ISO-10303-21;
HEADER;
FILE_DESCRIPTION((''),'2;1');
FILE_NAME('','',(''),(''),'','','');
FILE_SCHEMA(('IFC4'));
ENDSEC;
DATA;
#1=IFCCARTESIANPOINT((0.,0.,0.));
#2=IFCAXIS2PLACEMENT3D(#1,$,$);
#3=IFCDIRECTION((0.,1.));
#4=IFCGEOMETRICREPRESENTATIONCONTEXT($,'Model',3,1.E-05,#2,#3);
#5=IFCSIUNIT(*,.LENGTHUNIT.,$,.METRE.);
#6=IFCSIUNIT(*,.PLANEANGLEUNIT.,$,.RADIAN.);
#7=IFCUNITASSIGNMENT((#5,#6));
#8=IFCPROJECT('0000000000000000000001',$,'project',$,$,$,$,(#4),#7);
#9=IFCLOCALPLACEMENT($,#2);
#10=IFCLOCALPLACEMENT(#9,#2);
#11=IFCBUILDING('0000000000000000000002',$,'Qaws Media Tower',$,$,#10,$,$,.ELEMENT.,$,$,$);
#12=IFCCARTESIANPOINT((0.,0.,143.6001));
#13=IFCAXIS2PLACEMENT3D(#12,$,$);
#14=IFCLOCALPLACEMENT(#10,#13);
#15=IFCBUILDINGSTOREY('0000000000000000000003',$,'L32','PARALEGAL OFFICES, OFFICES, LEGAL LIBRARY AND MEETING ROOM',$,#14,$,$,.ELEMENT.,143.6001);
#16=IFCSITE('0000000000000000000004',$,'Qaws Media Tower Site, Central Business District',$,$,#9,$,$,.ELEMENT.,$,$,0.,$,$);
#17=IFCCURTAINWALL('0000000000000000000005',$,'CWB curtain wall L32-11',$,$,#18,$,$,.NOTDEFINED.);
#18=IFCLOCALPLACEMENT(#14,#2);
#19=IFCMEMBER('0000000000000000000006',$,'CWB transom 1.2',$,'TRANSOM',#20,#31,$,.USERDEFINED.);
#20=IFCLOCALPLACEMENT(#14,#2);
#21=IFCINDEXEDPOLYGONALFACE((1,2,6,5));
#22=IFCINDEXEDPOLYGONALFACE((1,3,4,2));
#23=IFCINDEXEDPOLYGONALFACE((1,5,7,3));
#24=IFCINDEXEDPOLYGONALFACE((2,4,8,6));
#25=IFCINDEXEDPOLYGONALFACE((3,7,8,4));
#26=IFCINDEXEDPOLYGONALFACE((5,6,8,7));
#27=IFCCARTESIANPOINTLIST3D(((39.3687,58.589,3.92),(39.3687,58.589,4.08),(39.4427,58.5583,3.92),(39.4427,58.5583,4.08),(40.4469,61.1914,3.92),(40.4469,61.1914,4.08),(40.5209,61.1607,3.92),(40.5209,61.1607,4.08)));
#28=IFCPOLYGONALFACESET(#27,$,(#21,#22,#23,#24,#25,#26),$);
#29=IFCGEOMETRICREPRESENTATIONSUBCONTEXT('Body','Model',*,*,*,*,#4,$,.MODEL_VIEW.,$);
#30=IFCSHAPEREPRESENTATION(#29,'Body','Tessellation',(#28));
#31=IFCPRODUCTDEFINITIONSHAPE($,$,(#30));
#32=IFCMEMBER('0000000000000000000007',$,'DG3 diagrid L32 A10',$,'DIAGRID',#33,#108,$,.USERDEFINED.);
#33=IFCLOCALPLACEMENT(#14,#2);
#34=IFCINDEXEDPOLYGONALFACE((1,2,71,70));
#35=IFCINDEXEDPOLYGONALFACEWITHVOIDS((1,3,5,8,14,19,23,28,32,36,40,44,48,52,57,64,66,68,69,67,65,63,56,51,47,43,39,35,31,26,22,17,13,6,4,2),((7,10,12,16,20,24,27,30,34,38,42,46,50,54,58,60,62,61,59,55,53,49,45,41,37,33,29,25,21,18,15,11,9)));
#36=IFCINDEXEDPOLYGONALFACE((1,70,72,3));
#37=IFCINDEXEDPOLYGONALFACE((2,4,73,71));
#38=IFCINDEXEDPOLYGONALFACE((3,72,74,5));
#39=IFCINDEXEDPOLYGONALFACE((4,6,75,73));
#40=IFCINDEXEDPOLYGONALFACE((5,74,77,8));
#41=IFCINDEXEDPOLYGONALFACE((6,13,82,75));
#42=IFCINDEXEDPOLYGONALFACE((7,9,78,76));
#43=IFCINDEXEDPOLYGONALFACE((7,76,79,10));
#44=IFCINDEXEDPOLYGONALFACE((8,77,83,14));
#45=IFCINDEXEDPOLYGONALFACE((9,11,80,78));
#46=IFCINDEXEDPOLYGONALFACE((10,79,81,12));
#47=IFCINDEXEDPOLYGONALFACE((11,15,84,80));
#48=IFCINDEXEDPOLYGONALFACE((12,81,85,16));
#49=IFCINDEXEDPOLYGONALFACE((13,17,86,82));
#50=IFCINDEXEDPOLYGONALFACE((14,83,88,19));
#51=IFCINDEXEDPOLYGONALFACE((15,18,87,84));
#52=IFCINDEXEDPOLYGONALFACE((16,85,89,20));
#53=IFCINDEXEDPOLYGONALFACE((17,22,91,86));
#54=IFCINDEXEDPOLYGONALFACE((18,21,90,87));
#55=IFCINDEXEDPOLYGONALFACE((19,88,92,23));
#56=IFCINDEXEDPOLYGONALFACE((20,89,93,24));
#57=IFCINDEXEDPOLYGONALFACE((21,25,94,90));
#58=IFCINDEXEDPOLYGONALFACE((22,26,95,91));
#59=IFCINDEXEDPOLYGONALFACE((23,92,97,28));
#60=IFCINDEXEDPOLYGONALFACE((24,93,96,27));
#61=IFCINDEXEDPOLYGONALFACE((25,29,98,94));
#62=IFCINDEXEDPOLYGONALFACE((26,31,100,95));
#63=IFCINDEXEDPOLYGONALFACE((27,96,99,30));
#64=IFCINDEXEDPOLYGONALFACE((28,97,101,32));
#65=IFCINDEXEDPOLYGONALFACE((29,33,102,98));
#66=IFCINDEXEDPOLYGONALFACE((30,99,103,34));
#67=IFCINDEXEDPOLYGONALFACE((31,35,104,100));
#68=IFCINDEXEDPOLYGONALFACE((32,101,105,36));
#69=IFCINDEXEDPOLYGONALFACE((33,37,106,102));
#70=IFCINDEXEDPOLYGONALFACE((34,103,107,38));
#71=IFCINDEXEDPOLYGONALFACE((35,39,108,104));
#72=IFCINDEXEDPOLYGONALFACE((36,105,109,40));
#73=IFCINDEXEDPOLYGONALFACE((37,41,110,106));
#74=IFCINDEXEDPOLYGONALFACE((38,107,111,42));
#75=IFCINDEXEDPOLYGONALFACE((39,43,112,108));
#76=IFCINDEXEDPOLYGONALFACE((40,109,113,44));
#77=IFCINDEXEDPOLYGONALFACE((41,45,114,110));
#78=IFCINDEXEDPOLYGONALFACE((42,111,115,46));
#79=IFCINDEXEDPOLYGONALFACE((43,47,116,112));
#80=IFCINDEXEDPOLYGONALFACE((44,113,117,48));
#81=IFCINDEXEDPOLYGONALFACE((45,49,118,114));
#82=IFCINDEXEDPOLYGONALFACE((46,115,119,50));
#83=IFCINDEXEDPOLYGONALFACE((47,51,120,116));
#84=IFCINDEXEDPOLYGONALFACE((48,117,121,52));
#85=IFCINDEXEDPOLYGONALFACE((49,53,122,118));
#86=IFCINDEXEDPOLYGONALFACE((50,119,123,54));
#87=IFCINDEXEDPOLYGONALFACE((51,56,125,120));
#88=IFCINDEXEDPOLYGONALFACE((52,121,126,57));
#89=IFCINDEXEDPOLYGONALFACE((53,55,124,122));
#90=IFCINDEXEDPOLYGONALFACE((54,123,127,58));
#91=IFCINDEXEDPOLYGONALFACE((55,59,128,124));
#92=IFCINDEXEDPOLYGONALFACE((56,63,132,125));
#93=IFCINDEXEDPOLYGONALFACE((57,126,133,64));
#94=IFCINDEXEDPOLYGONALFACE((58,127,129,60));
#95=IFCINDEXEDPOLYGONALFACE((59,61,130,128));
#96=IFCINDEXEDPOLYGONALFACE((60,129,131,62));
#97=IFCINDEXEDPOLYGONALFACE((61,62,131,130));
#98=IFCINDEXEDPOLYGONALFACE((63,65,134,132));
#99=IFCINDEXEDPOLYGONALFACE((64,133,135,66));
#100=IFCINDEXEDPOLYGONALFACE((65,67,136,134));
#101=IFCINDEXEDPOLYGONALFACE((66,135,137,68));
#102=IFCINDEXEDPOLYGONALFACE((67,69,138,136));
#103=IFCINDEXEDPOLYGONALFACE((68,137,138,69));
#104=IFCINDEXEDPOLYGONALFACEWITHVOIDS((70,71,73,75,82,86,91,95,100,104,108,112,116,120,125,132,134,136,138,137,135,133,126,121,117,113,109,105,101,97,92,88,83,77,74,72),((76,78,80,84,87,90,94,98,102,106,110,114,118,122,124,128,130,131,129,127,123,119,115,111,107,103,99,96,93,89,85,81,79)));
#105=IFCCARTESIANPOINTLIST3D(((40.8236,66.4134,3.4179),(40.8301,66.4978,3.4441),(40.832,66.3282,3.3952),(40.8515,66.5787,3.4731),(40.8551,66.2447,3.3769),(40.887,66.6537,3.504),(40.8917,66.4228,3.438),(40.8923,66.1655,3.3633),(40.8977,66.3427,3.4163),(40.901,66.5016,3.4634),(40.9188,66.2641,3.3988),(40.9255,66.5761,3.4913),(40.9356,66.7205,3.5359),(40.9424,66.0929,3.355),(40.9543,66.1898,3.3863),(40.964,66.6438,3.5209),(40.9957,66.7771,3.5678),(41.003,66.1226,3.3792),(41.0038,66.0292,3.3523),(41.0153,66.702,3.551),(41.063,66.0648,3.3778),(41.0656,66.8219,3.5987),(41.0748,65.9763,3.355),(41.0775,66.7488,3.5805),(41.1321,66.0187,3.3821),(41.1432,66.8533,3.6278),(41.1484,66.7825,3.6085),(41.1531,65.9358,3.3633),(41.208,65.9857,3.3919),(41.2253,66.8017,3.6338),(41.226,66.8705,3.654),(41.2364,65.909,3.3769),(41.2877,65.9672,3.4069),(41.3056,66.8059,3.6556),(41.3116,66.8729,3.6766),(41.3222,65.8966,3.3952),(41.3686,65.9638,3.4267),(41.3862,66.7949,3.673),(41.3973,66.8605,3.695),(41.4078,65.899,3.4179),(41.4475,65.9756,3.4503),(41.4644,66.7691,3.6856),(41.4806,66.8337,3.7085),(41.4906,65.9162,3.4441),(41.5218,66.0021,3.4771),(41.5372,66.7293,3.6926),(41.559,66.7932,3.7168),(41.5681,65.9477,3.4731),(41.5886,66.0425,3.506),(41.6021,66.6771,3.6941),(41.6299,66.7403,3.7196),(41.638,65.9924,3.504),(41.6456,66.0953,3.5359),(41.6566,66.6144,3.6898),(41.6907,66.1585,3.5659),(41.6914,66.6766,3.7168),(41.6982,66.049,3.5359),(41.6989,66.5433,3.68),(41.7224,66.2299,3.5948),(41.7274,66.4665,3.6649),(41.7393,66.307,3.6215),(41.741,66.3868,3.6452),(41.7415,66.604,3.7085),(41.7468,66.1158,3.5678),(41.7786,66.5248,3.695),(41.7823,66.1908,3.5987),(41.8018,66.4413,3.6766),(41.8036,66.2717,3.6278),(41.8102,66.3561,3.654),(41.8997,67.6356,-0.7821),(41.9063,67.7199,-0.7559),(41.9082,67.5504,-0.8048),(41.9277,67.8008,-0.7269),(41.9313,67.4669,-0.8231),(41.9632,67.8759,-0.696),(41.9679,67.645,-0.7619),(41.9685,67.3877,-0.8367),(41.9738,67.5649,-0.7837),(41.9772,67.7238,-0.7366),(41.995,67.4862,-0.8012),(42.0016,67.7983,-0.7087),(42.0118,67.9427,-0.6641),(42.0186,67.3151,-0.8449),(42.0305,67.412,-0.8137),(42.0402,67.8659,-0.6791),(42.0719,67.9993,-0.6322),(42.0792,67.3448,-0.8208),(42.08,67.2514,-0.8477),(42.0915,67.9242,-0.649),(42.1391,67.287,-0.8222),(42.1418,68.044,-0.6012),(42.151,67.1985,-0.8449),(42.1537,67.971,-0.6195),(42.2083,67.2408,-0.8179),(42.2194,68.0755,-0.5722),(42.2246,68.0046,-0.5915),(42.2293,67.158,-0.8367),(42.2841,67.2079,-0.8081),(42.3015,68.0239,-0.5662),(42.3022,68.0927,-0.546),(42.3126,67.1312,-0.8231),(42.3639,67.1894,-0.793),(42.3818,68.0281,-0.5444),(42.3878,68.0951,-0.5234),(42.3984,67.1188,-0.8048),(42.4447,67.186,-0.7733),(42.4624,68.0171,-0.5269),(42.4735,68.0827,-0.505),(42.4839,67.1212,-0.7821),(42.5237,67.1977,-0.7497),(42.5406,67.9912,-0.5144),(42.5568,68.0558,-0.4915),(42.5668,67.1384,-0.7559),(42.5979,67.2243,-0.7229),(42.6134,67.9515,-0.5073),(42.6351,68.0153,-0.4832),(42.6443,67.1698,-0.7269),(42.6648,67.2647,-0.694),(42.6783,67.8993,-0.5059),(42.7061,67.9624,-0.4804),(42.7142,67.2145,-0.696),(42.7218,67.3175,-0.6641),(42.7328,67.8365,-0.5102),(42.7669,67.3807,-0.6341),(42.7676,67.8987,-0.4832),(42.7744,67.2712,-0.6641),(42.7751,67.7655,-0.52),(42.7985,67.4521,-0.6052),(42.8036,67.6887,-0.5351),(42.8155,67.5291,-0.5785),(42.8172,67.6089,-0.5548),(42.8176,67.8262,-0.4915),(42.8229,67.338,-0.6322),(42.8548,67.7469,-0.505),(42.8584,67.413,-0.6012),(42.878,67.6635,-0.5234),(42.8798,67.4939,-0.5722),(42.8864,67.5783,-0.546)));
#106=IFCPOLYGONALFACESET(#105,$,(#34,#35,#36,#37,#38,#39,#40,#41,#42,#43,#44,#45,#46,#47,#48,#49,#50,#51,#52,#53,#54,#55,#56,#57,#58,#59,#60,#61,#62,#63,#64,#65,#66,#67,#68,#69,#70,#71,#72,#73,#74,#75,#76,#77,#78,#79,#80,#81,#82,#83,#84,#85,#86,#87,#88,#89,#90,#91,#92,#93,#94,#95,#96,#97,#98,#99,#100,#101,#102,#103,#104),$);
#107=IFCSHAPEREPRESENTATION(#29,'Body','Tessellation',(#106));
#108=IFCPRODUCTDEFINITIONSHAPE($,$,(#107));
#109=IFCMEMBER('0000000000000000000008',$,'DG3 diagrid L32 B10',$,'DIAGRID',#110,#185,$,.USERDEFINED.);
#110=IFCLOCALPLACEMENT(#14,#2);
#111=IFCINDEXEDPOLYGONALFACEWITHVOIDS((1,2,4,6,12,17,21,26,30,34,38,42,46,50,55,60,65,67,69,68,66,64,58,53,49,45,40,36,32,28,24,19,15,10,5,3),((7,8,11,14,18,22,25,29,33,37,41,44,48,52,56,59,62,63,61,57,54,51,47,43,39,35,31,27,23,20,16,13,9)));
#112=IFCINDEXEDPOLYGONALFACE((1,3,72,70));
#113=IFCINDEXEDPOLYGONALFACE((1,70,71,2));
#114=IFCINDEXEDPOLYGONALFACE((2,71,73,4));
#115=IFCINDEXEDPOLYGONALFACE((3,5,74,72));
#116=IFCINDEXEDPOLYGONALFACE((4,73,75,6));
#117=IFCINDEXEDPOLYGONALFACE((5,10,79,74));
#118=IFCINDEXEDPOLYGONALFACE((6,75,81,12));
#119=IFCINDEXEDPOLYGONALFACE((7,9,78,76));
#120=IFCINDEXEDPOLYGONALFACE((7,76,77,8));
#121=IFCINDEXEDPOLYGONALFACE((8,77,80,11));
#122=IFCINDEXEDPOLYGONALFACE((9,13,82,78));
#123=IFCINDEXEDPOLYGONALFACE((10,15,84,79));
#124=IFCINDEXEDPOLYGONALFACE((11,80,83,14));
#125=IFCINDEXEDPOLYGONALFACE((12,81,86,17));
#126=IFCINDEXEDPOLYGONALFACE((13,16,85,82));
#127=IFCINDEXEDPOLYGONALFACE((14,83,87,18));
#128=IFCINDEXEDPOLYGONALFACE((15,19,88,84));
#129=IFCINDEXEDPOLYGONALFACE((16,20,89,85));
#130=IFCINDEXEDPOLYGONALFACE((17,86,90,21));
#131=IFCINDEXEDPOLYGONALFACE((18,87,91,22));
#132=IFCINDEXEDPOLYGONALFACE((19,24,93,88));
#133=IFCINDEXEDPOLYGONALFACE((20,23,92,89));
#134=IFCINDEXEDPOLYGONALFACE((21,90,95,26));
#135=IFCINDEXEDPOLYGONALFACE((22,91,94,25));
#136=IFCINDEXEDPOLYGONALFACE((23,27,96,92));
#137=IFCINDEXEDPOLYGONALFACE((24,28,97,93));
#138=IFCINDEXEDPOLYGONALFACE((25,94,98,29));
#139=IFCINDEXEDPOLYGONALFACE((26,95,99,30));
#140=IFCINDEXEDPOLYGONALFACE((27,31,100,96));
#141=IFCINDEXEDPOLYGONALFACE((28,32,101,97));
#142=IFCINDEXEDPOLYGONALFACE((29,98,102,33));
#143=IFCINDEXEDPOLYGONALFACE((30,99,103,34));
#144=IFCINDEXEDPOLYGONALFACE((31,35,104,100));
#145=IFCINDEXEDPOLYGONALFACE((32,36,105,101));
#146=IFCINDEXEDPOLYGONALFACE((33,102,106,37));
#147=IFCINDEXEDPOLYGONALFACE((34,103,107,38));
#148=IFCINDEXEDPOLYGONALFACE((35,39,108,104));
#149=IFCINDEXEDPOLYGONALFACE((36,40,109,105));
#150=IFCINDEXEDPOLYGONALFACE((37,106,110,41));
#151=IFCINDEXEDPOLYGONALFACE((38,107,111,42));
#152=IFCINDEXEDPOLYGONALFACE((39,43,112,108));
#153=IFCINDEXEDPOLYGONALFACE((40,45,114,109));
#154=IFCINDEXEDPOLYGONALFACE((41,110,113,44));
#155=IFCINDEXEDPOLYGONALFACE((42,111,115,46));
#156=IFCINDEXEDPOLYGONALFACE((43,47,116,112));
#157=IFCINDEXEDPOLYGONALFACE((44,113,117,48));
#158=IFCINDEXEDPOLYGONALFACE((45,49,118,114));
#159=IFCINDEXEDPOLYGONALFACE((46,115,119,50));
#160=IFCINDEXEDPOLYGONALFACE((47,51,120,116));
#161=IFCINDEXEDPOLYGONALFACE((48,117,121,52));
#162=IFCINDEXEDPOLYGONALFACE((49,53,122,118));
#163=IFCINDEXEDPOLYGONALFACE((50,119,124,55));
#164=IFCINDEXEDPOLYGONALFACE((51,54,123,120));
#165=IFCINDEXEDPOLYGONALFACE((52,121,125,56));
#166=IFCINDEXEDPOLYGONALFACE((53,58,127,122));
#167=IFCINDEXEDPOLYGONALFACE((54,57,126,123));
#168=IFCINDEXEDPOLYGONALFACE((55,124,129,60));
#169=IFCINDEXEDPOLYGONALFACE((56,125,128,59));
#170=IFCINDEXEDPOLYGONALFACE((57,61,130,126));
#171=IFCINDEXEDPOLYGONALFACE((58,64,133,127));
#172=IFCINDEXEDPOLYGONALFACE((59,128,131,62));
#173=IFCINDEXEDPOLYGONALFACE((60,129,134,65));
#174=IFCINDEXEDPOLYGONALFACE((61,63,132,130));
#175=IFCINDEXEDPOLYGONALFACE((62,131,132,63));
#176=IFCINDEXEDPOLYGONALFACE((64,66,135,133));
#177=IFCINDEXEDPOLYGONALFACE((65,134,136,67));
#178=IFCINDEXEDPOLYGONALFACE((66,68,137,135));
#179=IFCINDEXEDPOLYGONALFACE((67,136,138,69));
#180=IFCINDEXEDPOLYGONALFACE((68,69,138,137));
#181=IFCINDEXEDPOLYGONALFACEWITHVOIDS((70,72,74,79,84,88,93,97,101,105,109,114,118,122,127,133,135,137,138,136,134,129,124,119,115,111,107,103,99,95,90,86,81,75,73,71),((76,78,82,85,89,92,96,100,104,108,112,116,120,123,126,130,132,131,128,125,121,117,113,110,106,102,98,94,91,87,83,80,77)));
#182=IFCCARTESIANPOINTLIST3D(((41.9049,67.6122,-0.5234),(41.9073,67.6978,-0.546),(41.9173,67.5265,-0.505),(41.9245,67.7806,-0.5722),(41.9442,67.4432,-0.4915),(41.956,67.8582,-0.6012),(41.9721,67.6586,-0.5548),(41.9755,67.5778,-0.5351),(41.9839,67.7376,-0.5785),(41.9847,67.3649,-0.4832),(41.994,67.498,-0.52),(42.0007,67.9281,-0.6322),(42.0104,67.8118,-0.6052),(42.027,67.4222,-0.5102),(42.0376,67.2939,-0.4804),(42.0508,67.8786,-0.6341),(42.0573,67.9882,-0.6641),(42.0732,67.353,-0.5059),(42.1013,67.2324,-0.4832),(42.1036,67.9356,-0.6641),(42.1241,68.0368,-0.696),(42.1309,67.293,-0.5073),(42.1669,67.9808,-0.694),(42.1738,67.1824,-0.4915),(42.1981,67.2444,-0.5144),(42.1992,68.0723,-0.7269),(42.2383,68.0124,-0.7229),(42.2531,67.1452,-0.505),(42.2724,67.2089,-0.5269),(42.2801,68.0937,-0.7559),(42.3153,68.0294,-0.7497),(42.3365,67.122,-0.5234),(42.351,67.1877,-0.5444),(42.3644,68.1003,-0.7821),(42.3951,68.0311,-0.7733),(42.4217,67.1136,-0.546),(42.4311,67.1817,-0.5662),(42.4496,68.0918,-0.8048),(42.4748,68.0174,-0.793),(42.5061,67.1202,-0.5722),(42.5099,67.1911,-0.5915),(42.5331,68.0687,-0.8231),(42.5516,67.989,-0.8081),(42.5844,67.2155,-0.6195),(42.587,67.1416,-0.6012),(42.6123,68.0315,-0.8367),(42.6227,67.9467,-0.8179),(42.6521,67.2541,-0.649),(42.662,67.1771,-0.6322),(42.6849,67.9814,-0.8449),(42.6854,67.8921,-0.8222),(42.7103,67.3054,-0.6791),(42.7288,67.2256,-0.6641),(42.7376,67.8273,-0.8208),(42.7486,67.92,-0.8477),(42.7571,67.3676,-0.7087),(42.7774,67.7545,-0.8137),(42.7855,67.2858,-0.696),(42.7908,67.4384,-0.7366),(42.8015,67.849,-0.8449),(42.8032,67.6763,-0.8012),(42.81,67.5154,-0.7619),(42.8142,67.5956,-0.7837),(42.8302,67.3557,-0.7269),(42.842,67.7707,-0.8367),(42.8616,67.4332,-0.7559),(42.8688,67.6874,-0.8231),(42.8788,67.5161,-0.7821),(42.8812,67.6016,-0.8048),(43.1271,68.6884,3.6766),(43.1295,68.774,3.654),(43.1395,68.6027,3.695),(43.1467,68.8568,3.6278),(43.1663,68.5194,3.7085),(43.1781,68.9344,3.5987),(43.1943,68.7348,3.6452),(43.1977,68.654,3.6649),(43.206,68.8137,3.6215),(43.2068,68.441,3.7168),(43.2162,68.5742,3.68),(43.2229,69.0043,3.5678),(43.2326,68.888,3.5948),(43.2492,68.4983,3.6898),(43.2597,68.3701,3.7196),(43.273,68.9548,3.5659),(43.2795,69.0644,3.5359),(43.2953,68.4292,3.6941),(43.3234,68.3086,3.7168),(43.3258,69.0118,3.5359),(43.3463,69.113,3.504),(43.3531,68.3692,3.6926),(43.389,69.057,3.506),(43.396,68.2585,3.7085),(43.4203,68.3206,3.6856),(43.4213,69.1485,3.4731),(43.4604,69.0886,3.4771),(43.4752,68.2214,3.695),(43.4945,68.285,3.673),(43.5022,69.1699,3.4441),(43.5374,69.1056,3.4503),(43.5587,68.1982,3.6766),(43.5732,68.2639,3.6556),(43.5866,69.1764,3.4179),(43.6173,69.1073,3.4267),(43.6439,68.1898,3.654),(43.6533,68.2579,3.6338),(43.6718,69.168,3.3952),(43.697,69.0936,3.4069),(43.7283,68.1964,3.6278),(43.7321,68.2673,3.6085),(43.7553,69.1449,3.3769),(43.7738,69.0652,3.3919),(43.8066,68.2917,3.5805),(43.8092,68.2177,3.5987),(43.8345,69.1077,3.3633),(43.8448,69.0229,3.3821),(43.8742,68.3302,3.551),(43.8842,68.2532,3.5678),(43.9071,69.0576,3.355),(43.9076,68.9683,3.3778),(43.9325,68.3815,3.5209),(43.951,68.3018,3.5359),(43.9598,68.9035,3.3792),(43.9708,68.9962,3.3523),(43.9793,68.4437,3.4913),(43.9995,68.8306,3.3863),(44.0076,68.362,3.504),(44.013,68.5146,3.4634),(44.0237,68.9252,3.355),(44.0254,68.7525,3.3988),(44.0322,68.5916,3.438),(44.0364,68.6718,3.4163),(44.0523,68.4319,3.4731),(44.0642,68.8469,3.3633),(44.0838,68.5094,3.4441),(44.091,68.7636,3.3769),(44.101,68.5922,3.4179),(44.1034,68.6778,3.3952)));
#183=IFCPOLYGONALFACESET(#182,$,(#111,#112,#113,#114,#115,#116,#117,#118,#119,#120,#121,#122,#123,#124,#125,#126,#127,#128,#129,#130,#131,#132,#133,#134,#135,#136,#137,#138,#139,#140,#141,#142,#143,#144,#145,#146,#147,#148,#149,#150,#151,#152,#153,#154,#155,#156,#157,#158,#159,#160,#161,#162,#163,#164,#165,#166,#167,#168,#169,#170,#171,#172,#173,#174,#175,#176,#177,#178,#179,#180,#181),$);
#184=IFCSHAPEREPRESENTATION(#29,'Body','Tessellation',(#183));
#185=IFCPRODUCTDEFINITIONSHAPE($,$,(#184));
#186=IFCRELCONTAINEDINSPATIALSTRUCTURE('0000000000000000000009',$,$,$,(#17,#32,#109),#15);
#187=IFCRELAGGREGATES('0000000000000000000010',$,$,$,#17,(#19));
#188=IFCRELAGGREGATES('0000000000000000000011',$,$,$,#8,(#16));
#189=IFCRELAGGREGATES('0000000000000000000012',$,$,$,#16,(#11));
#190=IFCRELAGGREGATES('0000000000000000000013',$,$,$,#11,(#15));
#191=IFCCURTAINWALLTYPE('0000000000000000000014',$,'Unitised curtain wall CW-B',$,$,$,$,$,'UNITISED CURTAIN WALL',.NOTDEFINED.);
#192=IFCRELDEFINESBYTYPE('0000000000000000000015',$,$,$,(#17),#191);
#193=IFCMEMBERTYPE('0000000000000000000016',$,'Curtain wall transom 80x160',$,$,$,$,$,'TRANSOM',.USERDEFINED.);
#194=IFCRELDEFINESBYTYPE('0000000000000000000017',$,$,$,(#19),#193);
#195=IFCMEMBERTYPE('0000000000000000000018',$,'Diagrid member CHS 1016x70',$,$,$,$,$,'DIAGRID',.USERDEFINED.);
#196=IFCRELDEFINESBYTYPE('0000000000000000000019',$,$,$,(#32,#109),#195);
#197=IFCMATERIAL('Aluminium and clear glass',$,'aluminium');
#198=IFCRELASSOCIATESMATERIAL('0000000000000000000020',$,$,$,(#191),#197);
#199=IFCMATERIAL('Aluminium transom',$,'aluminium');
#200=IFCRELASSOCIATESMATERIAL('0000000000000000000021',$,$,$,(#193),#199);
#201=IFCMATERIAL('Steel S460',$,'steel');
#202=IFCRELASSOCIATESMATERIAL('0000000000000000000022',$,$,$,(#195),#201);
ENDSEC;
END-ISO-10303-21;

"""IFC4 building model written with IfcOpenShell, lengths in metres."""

from ifc_helpers import new_model, si_unit, direction, frame, origin, origin_2d, place, context, subcontext, project, spatial, rectangle, hollow_circle, extrude, material, material_profile, profile_set, type_object, element, aggregate, save


model = new_model("IFC4")

# Units and contexts
model_context = context("Model", 3, precision=1e-05, world=origin(), true_north=direction((0.0, 1.0)))
body_context = subcontext(model_context, "Body", "Model", "MODEL_VIEW")
ifc_project = project(units=[si_unit("LENGTHUNIT", "METRE"), si_unit("PLANEANGLEUNIT", "RADIAN")], contexts=[model_context])

# Site, building, storey
site_placement = place(None, origin())
site = spatial("IfcSite", under=ifc_project, at=site_placement, Name="Qaws Media Tower Site, Central Business District", CompositionType="ELEMENT", RefElevation=0.0)
building_placement = place(site_placement, origin())
building = spatial("IfcBuilding", under=site, at=building_placement, Name="Qaws Media Tower", CompositionType="ELEMENT")
storey_placement = place(building_placement, frame((0.0, 0.0, 143.6001)))
storey = spatial("IfcBuildingStorey", under=building, at=storey_placement, Name="L32", Description="PARALEGAL OFFICES, OFFICES, LEGAL LIBRARY AND MEETING ROOM", CompositionType="ELEMENT", Elevation=143.6001)

# Curtain wall
ifc_material_1 = material(Name="Aluminium and clear glass", Category="aluminium")
curtain_wall_type = type_object("IfcCurtainWallType", Name="Unitised curtain wall CW-B", ElementType="UNITISED CURTAIN WALL", PredefinedType="NOTDEFINED", material=ifc_material_1)
curtain_wall_1_placement = place(storey_placement, origin())
curtain_wall_1 = element("IfcCurtainWall", 1, at=curtain_wall_1_placement, inside=storey, type_object=curtain_wall_type, Name="CWB curtain wall L32-11", PredefinedType="NOTDEFINED")

# Member
ifc_material_2 = material(Name="Aluminium transom", Category="aluminium")
ifc_material_profile_1 = material_profile(ifc_material_2, rectangle(XDim=0.0801, YDim=0.1599, at=origin_2d()), Name="80x160")
ifc_profile_set_1 = profile_set([ifc_material_profile_1], Name="Aluminium transom")
member_type_1 = type_object("IfcMemberType", Name="Curtain wall transom 80x160", ElementType="TRANSOM", PredefinedType="USERDEFINED", material=ifc_profile_set_1)
member_1_placement = place(storey_placement, frame((40.4839, 61.176, 4.0), z_axis=(-0.38275, -0.923852, 0.0), x_axis=(0.923852, -0.38275, 0.0)))
member_1 = element("IfcMember", 2, at=member_1_placement, type_object=member_type_1, Name="CWB transom 1.2", ObjectType="TRANSOM", PredefinedType="USERDEFINED", context=body_context, shape_type="SweptSolid", body=[
    extrude(rectangle(XDim=0.0801, YDim=0.1599, at=origin_2d()), origin(), (0.0, 0.0, 1.0), 2.8169),
])

# Members
ifc_material_3 = material(Name="Steel S460", Category="steel")
ifc_material_profile_2 = material_profile(ifc_material_3, hollow_circle(Radius=0.5081, WallThickness=0.0701, at=origin_2d()), Name="CHS 1016x70")
ifc_profile_set_2 = profile_set([ifc_material_profile_2], Name="Steel S460")
member_type_2 = type_object("IfcMemberType", Name="Diagrid member CHS 1016x70", ElementType="DIAGRID", PredefinedType="USERDEFINED", material=ifc_profile_set_2)
for number, where, z_axis, x_axis, name in (
    (3, (42.3931, 67.6069, -0.6641), (-0.238905, -0.271315, 0.932369), (0.750511, -0.660858, 0.0), "DG3 diagrid L32 A10"),
    (4, (42.3931, 67.6069, -0.6641), (0.271315, 0.238905, 0.932369), (-0.660858, 0.750511, 0.0), "DG3 diagrid L32 B10"),
):
    element("IfcMember", number, at=place(storey_placement, frame(where, z_axis=z_axis, x_axis=x_axis)), inside=storey, type_object=member_type_2, Name=name, ObjectType="DIAGRID", PredefinedType="USERDEFINED", context=body_context, shape_type="SweptSolid", body=[
        extrude(hollow_circle(Radius=0.5081, WallThickness=0.0701, at=origin_2d()), origin(), (0.0, 0.0, 1.0), 4.5046),
    ])

aggregate(curtain_wall_1, [member_1])

save(model, "model.ifc")
